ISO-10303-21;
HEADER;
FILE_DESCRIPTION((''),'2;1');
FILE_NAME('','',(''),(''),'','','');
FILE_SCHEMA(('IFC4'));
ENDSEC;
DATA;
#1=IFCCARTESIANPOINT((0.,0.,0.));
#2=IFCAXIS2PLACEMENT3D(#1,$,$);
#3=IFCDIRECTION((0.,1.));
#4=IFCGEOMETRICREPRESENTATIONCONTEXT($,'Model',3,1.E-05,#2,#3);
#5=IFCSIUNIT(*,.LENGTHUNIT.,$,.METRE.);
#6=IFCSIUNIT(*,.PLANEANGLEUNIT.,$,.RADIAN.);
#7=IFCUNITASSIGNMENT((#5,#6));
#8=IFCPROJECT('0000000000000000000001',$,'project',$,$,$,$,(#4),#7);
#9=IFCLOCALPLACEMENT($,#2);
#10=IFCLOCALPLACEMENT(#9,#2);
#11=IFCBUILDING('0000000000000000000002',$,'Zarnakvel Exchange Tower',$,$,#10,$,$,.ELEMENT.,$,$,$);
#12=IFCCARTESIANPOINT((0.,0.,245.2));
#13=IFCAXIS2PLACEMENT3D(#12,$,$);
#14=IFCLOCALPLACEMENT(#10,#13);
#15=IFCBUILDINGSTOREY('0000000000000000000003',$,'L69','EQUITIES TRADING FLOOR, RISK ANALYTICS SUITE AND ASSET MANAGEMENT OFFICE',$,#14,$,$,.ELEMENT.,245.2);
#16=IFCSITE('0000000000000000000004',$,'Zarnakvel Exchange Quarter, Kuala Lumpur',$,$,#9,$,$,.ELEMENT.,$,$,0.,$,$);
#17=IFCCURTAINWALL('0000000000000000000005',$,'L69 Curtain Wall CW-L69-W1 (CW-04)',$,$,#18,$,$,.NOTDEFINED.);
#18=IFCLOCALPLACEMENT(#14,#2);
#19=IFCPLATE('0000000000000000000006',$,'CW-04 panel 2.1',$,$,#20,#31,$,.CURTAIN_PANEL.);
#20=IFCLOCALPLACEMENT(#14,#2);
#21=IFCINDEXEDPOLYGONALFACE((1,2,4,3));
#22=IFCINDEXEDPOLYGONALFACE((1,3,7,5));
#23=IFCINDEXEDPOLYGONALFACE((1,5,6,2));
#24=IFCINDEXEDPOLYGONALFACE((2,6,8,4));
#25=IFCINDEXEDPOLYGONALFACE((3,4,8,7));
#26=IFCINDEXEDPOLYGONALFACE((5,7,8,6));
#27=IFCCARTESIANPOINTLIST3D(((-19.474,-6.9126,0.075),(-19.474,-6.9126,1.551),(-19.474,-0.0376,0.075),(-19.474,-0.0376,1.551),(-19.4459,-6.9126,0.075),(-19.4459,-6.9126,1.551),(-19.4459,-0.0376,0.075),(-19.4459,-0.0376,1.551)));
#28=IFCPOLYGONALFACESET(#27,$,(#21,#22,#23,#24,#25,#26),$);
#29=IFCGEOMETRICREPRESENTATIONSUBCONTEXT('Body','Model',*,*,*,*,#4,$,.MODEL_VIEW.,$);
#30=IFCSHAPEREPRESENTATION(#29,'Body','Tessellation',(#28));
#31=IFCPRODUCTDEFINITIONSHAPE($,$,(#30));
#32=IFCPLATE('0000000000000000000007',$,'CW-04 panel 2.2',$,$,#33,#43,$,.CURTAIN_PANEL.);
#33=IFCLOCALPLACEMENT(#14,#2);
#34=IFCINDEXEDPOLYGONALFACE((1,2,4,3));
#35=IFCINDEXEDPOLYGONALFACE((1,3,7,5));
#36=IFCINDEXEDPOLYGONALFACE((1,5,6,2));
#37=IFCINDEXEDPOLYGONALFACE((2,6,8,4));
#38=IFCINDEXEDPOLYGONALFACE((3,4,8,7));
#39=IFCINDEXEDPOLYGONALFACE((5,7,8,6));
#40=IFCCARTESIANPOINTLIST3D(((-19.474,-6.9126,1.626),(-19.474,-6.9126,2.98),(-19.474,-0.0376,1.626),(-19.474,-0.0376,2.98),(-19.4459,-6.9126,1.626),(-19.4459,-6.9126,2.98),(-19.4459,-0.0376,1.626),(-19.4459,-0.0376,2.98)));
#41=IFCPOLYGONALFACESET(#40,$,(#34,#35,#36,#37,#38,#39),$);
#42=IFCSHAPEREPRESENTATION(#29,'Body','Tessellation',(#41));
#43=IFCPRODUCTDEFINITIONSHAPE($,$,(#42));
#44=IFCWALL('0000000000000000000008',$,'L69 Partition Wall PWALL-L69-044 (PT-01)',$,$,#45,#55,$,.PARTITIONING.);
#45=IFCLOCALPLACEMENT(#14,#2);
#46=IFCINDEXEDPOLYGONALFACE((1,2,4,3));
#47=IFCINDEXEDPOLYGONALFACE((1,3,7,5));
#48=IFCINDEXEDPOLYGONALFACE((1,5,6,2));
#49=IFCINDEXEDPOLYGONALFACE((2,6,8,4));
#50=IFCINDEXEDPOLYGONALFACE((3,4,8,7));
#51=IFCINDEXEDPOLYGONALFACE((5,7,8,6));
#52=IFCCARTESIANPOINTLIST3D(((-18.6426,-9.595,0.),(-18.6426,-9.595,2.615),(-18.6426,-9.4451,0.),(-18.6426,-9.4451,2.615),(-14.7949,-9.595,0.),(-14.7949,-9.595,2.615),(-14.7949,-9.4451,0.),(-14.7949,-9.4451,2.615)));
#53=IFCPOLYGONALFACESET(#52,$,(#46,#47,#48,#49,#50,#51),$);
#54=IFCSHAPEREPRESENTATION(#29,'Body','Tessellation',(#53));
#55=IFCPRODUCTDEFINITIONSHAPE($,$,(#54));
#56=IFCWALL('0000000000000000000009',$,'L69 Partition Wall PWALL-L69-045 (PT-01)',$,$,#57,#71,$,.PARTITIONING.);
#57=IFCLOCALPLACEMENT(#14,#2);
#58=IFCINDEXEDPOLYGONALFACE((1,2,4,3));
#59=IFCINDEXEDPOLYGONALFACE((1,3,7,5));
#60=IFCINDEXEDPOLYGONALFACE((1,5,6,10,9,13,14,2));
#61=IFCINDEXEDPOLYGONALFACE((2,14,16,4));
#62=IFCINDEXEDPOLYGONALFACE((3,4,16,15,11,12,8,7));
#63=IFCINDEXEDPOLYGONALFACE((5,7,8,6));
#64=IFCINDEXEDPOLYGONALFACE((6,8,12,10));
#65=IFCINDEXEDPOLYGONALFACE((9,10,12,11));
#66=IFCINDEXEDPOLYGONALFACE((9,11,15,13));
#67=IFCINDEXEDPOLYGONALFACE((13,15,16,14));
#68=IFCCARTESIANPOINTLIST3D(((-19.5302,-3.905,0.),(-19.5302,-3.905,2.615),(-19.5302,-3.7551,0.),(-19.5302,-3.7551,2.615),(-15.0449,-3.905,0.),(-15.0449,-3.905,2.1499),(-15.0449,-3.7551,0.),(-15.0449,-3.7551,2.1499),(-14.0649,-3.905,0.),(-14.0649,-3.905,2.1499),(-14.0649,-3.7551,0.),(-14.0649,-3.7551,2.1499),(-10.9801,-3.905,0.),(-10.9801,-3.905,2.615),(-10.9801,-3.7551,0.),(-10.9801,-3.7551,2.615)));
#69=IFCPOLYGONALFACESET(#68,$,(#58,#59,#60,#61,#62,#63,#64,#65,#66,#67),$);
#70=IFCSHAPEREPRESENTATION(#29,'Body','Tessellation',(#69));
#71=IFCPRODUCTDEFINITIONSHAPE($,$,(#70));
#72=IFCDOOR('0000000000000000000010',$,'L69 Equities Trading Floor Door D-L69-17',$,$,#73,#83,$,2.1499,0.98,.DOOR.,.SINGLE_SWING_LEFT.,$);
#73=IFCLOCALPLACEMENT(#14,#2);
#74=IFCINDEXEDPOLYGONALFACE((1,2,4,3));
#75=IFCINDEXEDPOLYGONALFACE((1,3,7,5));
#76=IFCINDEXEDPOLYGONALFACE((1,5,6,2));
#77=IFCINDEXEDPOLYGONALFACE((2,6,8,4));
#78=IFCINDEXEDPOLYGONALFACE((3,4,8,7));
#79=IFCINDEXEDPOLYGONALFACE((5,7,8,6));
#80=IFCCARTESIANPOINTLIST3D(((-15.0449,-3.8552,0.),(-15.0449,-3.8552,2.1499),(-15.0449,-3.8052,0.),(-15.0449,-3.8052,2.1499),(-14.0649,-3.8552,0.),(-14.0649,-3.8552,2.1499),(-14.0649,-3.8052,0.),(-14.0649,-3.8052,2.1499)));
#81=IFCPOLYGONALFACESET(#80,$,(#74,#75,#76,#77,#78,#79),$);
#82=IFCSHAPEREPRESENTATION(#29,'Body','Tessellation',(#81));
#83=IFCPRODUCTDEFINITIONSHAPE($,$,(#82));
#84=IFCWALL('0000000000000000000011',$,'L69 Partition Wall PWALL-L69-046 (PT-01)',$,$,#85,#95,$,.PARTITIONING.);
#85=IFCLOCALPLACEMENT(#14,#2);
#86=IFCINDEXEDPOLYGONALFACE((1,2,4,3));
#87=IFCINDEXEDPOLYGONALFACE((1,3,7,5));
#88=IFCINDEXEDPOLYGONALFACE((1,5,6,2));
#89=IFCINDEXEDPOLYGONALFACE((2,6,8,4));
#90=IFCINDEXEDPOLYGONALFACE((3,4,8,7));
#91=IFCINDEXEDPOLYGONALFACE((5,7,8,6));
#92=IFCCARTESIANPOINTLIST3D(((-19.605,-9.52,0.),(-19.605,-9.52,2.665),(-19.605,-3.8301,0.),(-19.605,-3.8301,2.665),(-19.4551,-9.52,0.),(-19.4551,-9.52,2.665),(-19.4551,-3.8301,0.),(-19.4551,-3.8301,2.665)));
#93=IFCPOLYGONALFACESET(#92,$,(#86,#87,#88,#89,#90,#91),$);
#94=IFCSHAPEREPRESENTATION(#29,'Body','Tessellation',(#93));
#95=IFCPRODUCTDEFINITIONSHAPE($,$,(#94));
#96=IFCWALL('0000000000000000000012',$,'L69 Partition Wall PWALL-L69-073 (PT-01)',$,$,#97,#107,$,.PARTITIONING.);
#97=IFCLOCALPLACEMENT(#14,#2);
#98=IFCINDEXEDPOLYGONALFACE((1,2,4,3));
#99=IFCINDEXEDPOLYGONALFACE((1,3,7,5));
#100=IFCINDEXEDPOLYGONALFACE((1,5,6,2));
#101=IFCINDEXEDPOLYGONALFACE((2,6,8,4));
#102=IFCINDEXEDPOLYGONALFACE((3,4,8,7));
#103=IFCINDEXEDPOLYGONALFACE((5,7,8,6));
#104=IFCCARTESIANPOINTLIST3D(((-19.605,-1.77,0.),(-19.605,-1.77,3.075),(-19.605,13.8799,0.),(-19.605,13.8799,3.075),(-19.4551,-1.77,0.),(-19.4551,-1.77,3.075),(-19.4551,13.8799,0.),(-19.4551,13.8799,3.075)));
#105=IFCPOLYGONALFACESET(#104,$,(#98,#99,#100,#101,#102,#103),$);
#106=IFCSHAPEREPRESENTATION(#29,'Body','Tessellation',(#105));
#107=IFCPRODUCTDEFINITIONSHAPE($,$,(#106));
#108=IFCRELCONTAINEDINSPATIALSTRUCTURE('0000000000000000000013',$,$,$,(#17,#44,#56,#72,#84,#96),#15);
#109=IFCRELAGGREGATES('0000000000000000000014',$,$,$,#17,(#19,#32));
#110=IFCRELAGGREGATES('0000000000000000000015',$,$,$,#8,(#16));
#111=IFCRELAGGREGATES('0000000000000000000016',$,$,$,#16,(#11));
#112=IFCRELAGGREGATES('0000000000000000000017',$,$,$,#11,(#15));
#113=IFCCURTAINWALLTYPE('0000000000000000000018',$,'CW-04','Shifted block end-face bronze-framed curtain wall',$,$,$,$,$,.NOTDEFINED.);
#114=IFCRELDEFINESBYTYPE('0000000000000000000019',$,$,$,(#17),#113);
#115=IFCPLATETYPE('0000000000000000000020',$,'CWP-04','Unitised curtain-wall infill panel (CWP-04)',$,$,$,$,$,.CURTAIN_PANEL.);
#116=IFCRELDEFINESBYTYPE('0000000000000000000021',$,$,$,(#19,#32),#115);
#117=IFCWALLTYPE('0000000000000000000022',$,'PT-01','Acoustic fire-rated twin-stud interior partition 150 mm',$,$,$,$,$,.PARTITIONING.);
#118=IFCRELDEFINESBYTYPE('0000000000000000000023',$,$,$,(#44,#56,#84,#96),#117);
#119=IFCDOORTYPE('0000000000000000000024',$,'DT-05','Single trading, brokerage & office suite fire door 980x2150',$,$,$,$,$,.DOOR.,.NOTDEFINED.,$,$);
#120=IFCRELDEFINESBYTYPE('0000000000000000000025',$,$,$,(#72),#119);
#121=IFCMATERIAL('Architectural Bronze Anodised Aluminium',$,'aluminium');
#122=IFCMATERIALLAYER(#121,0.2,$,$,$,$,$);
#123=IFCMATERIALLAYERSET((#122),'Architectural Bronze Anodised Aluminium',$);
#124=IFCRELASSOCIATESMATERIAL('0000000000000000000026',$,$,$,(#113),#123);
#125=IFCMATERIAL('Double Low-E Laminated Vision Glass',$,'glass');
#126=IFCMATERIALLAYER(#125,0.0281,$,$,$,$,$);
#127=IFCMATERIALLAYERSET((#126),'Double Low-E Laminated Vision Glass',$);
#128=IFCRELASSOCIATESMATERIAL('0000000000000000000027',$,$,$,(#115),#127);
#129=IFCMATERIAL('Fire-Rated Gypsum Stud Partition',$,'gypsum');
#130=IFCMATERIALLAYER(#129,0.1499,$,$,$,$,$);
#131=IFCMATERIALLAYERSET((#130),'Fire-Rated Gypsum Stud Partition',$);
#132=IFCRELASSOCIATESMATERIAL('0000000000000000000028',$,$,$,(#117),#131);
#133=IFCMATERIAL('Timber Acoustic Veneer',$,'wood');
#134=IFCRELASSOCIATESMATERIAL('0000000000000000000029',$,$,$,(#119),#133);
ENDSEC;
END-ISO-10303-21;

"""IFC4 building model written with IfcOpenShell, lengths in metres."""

from ifc_helpers import new_model, si_unit, direction, frame, frame_2d, origin, origin_2d, place, context, subcontext, project, spatial, rectangle, extrude, source, transform, mapped, material, layer, layer_set, type_object, element, fill, aggregate, save


model = new_model("IFC4")

# Units and contexts
model_context = context("Model", 3, precision=1e-05, world=origin(), true_north=direction((0.0, 1.0)))
body_context = subcontext(model_context, "Body", "Model", "MODEL_VIEW")
ifc_project = project(units=[si_unit("LENGTHUNIT", "METRE"), si_unit("PLANEANGLEUNIT", "RADIAN")], contexts=[model_context])

# Site, building, storey
site_placement = place(None, origin())
site = spatial("IfcSite", under=ifc_project, at=site_placement, Name="Zarnakvel Exchange Quarter, Kuala Lumpur", CompositionType="ELEMENT", RefElevation=0.0)
building_placement = place(site_placement, origin())
building = spatial("IfcBuilding", under=site, at=building_placement, Name="Zarnakvel Exchange Tower", CompositionType="ELEMENT")
storey_placement = place(building_placement, frame((0.0, 0.0, 245.2)))
storey = spatial("IfcBuildingStorey", under=building, at=storey_placement, Name="L69", Description="EQUITIES TRADING FLOOR, RISK ANALYTICS SUITE AND ASSET MANAGEMENT OFFICE", CompositionType="ELEMENT", Elevation=245.2)

# Curtain wall, plates
ifc_material_1 = material(Name="Architectural Bronze Anodised Aluminium", Category="aluminium")
ifc_layer_1 = layer(ifc_material_1, 0.2)
ifc_layer_set_1 = layer_set([ifc_layer_1], Name="Architectural Bronze Anodised Aluminium")
curtain_wall_type = type_object("IfcCurtainWallType", Name="CW-04", Description="Shifted block end-face bronze-framed curtain wall", PredefinedType="NOTDEFINED", material=ifc_layer_set_1)
curtain_wall_placement = place(storey_placement, origin())
curtain_wall = element("IfcCurtainWall", 1, at=curtain_wall_placement, inside=storey, type_object=curtain_wall_type, Name="L69 Curtain Wall CW-L69-W1 (CW-04)", PredefinedType="NOTDEFINED")
ifc_material_2 = material(Name="Double Low-E Laminated Vision Glass", Category="glass")
ifc_layer_2 = layer(ifc_material_2, 0.0281)
ifc_layer_set_2 = layer_set([ifc_layer_2], Name="Double Low-E Laminated Vision Glass")
plate_type = type_object("IfcPlateType", Name="CWP-04", Description="Unitised curtain-wall infill panel (CWP-04)", PredefinedType="CURTAIN_PANEL", material=ifc_layer_set_2)
shared_shape_1 = source(origin(), body_context, "Body", "SweptSolid", [
    extrude(rectangle(XDim=6.875, YDim=0.0281, at=origin_2d()), origin(), (0.0, 0.0, 1.0), 1.4761),
])
plate_1_placement = place(storey_placement, frame((-19.46, -3.4751, 0.075), z_axis=(0.0, 0.0, 1.0), x_axis=(0.0, 1.0, 0.0)))
plate_1 = element("IfcPlate", 2, at=plate_1_placement, type_object=plate_type, Name="CW-04 panel 2.1", PredefinedType="CURTAIN_PANEL", context=body_context, shape_type="MappedRepresentation", body=[
    mapped(shared_shape_1, transform((0.0, 0.0, 0.0), x_axis=(1.0, 0.0, 0.0), y_axis=(0.0, 1.0, 0.0), z_axis=(0.0, 0.0, 1.0), scale=1.0)),
])
shared_shape_2 = source(origin(), body_context, "Body", "SweptSolid", [
    extrude(rectangle(XDim=6.875, YDim=0.0281, at=origin_2d()), origin(), (0.0, 0.0, 1.0), 1.354),
])
plate_2_placement = place(storey_placement, frame((-19.46, -3.4751, 1.626), z_axis=(0.0, 0.0, 1.0), x_axis=(0.0, 1.0, 0.0)))
plate_2 = element("IfcPlate", 3, at=plate_2_placement, type_object=plate_type, Name="CW-04 panel 2.2", PredefinedType="CURTAIN_PANEL", context=body_context, shape_type="MappedRepresentation", body=[
    mapped(shared_shape_2, transform((0.0, 0.0, 0.0), x_axis=(1.0, 0.0, 0.0), y_axis=(0.0, 1.0, 0.0), z_axis=(0.0, 0.0, 1.0), scale=1.0)),
])
aggregate(curtain_wall, [plate_1, plate_2])

# Wall
ifc_material_3 = material(Name="Fire-Rated Gypsum Stud Partition", Category="gypsum")
ifc_layer_3 = layer(ifc_material_3, 0.1499)
ifc_layer_set_3 = layer_set([ifc_layer_3], Name="Fire-Rated Gypsum Stud Partition")
wall_type = type_object("IfcWallType", Name="PT-01", Description="Acoustic fire-rated twin-stud interior partition 150 mm", PredefinedType="PARTITIONING", material=ifc_layer_set_3)
wall_1_placement = place(storey_placement, frame((-14.7949, -9.52, 0.0), z_axis=(0.0, 0.0, 1.0), x_axis=(-1.0, 0.0, 0.0)))
element("IfcWall", 4, at=wall_1_placement, inside=storey, type_object=wall_type, Name="L69 Partition Wall PWALL-L69-044 (PT-01)", PredefinedType="PARTITIONING", context=body_context, shape_type="SweptSolid", body=[
    extrude(rectangle(XDim=3.8477, YDim=0.1499, at=frame_2d((1.9238, 0.0))), origin(), (0.0, 0.0, 1.0), 2.615),
])

# Wall, opening, door
wall_2_placement = place(storey_placement, frame((-19.53, -3.8301, 0.0), z_axis=(0.0, 0.0, 1.0), x_axis=(1.0, 0.0, 0.0)))
wall_2 = element("IfcWall", 5, at=wall_2_placement, inside=storey, type_object=wall_type, Name="L69 Partition Wall PWALL-L69-045 (PT-01)", PredefinedType="PARTITIONING", context=body_context, shape_type="SweptSolid", body=[
    extrude(rectangle(XDim=8.55, YDim=0.1499, at=frame_2d((4.2749, 0.0))), origin(), (0.0, 0.0, 1.0), 2.615),
])
opening_1_placement = place(wall_2_placement, frame((4.4851, 0.0, 0.0)))
opening_1 = element("IfcOpeningElement", 6, at=opening_1_placement, cuts=wall_2, PredefinedType="OPENING", context=body_context, shape_type="SweptSolid", body=[
    extrude(rectangle(XDim=0.98, YDim=2.1499, at=frame_2d((0.49, 1.075))), frame((0.0, 0.085, 0.0), z_axis=(0.0, -1.0, 0.0), x_axis=(1.0, 0.0, 0.0)), (0.0, 0.0, 1.0), 0.1699),
])
ifc_material_4 = material(Name="Timber Acoustic Veneer", Category="wood")
door_type = type_object("IfcDoorType", Name="DT-05", Description="Single trading, brokerage & office suite fire door 980x2150", OperationType="NOTDEFINED", PredefinedType="DOOR", material=ifc_material_4)
shared_shape_3 = source(origin(), body_context, "Body", "SweptSolid", [
    extrude(rectangle(XDim=0.98, YDim=2.1499, at=frame_2d((0.49, 1.075))), frame((0.0, 0.0249, 0.0), z_axis=(0.0, -1.0, 0.0), x_axis=(1.0, 0.0, 0.0)), (0.0, 0.0, 1.0), 0.05),
])
door_1_placement = place(opening_1_placement, origin())
door_1 = element("IfcDoor", 7, at=door_1_placement, inside=storey, type_object=door_type, Name="L69 Equities Trading Floor Door D-L69-17", OperationType="SINGLE_SWING_LEFT", OverallHeight=2.1499, OverallWidth=0.98, PredefinedType="DOOR", context=body_context, shape_type="MappedRepresentation", body=[
    mapped(shared_shape_3, transform((0.0, 0.0, 0.0), x_axis=(1.0, 0.0, 0.0), y_axis=(0.0, 1.0, 0.0), z_axis=(0.0, 0.0, 1.0), scale=1.0)),
])
fill(opening_1, door_1)

# Wall
wall_3_placement = place(storey_placement, frame((-19.53, -9.52, 0.0), z_axis=(0.0, 0.0, 1.0), x_axis=(0.0, 1.0, 0.0)))
element("IfcWall", 8, at=wall_3_placement, inside=storey, type_object=wall_type, Name="L69 Partition Wall PWALL-L69-046 (PT-01)", PredefinedType="PARTITIONING", context=body_context, shape_type="SweptSolid", body=[
    extrude(rectangle(XDim=5.6899, YDim=0.1499, at=frame_2d((2.845, 0.0))), origin(), (0.0, 0.0, 1.0), 2.665),
])

# Wall
wall_4_placement = place(storey_placement, frame((-19.53, -1.77, 0.0), z_axis=(0.0, 0.0, 1.0), x_axis=(0.0, 1.0, 0.0)))
element("IfcWall", 9, at=wall_4_placement, inside=storey, type_object=wall_type, Name="L69 Partition Wall PWALL-L69-073 (PT-01)", PredefinedType="PARTITIONING", context=body_context, shape_type="SweptSolid", body=[
    extrude(rectangle(XDim=15.6499, YDim=0.1499, at=frame_2d((7.825, 0.0))), origin(), (0.0, 0.0, 1.0), 3.075),
])

save(model, "model.ifc")
